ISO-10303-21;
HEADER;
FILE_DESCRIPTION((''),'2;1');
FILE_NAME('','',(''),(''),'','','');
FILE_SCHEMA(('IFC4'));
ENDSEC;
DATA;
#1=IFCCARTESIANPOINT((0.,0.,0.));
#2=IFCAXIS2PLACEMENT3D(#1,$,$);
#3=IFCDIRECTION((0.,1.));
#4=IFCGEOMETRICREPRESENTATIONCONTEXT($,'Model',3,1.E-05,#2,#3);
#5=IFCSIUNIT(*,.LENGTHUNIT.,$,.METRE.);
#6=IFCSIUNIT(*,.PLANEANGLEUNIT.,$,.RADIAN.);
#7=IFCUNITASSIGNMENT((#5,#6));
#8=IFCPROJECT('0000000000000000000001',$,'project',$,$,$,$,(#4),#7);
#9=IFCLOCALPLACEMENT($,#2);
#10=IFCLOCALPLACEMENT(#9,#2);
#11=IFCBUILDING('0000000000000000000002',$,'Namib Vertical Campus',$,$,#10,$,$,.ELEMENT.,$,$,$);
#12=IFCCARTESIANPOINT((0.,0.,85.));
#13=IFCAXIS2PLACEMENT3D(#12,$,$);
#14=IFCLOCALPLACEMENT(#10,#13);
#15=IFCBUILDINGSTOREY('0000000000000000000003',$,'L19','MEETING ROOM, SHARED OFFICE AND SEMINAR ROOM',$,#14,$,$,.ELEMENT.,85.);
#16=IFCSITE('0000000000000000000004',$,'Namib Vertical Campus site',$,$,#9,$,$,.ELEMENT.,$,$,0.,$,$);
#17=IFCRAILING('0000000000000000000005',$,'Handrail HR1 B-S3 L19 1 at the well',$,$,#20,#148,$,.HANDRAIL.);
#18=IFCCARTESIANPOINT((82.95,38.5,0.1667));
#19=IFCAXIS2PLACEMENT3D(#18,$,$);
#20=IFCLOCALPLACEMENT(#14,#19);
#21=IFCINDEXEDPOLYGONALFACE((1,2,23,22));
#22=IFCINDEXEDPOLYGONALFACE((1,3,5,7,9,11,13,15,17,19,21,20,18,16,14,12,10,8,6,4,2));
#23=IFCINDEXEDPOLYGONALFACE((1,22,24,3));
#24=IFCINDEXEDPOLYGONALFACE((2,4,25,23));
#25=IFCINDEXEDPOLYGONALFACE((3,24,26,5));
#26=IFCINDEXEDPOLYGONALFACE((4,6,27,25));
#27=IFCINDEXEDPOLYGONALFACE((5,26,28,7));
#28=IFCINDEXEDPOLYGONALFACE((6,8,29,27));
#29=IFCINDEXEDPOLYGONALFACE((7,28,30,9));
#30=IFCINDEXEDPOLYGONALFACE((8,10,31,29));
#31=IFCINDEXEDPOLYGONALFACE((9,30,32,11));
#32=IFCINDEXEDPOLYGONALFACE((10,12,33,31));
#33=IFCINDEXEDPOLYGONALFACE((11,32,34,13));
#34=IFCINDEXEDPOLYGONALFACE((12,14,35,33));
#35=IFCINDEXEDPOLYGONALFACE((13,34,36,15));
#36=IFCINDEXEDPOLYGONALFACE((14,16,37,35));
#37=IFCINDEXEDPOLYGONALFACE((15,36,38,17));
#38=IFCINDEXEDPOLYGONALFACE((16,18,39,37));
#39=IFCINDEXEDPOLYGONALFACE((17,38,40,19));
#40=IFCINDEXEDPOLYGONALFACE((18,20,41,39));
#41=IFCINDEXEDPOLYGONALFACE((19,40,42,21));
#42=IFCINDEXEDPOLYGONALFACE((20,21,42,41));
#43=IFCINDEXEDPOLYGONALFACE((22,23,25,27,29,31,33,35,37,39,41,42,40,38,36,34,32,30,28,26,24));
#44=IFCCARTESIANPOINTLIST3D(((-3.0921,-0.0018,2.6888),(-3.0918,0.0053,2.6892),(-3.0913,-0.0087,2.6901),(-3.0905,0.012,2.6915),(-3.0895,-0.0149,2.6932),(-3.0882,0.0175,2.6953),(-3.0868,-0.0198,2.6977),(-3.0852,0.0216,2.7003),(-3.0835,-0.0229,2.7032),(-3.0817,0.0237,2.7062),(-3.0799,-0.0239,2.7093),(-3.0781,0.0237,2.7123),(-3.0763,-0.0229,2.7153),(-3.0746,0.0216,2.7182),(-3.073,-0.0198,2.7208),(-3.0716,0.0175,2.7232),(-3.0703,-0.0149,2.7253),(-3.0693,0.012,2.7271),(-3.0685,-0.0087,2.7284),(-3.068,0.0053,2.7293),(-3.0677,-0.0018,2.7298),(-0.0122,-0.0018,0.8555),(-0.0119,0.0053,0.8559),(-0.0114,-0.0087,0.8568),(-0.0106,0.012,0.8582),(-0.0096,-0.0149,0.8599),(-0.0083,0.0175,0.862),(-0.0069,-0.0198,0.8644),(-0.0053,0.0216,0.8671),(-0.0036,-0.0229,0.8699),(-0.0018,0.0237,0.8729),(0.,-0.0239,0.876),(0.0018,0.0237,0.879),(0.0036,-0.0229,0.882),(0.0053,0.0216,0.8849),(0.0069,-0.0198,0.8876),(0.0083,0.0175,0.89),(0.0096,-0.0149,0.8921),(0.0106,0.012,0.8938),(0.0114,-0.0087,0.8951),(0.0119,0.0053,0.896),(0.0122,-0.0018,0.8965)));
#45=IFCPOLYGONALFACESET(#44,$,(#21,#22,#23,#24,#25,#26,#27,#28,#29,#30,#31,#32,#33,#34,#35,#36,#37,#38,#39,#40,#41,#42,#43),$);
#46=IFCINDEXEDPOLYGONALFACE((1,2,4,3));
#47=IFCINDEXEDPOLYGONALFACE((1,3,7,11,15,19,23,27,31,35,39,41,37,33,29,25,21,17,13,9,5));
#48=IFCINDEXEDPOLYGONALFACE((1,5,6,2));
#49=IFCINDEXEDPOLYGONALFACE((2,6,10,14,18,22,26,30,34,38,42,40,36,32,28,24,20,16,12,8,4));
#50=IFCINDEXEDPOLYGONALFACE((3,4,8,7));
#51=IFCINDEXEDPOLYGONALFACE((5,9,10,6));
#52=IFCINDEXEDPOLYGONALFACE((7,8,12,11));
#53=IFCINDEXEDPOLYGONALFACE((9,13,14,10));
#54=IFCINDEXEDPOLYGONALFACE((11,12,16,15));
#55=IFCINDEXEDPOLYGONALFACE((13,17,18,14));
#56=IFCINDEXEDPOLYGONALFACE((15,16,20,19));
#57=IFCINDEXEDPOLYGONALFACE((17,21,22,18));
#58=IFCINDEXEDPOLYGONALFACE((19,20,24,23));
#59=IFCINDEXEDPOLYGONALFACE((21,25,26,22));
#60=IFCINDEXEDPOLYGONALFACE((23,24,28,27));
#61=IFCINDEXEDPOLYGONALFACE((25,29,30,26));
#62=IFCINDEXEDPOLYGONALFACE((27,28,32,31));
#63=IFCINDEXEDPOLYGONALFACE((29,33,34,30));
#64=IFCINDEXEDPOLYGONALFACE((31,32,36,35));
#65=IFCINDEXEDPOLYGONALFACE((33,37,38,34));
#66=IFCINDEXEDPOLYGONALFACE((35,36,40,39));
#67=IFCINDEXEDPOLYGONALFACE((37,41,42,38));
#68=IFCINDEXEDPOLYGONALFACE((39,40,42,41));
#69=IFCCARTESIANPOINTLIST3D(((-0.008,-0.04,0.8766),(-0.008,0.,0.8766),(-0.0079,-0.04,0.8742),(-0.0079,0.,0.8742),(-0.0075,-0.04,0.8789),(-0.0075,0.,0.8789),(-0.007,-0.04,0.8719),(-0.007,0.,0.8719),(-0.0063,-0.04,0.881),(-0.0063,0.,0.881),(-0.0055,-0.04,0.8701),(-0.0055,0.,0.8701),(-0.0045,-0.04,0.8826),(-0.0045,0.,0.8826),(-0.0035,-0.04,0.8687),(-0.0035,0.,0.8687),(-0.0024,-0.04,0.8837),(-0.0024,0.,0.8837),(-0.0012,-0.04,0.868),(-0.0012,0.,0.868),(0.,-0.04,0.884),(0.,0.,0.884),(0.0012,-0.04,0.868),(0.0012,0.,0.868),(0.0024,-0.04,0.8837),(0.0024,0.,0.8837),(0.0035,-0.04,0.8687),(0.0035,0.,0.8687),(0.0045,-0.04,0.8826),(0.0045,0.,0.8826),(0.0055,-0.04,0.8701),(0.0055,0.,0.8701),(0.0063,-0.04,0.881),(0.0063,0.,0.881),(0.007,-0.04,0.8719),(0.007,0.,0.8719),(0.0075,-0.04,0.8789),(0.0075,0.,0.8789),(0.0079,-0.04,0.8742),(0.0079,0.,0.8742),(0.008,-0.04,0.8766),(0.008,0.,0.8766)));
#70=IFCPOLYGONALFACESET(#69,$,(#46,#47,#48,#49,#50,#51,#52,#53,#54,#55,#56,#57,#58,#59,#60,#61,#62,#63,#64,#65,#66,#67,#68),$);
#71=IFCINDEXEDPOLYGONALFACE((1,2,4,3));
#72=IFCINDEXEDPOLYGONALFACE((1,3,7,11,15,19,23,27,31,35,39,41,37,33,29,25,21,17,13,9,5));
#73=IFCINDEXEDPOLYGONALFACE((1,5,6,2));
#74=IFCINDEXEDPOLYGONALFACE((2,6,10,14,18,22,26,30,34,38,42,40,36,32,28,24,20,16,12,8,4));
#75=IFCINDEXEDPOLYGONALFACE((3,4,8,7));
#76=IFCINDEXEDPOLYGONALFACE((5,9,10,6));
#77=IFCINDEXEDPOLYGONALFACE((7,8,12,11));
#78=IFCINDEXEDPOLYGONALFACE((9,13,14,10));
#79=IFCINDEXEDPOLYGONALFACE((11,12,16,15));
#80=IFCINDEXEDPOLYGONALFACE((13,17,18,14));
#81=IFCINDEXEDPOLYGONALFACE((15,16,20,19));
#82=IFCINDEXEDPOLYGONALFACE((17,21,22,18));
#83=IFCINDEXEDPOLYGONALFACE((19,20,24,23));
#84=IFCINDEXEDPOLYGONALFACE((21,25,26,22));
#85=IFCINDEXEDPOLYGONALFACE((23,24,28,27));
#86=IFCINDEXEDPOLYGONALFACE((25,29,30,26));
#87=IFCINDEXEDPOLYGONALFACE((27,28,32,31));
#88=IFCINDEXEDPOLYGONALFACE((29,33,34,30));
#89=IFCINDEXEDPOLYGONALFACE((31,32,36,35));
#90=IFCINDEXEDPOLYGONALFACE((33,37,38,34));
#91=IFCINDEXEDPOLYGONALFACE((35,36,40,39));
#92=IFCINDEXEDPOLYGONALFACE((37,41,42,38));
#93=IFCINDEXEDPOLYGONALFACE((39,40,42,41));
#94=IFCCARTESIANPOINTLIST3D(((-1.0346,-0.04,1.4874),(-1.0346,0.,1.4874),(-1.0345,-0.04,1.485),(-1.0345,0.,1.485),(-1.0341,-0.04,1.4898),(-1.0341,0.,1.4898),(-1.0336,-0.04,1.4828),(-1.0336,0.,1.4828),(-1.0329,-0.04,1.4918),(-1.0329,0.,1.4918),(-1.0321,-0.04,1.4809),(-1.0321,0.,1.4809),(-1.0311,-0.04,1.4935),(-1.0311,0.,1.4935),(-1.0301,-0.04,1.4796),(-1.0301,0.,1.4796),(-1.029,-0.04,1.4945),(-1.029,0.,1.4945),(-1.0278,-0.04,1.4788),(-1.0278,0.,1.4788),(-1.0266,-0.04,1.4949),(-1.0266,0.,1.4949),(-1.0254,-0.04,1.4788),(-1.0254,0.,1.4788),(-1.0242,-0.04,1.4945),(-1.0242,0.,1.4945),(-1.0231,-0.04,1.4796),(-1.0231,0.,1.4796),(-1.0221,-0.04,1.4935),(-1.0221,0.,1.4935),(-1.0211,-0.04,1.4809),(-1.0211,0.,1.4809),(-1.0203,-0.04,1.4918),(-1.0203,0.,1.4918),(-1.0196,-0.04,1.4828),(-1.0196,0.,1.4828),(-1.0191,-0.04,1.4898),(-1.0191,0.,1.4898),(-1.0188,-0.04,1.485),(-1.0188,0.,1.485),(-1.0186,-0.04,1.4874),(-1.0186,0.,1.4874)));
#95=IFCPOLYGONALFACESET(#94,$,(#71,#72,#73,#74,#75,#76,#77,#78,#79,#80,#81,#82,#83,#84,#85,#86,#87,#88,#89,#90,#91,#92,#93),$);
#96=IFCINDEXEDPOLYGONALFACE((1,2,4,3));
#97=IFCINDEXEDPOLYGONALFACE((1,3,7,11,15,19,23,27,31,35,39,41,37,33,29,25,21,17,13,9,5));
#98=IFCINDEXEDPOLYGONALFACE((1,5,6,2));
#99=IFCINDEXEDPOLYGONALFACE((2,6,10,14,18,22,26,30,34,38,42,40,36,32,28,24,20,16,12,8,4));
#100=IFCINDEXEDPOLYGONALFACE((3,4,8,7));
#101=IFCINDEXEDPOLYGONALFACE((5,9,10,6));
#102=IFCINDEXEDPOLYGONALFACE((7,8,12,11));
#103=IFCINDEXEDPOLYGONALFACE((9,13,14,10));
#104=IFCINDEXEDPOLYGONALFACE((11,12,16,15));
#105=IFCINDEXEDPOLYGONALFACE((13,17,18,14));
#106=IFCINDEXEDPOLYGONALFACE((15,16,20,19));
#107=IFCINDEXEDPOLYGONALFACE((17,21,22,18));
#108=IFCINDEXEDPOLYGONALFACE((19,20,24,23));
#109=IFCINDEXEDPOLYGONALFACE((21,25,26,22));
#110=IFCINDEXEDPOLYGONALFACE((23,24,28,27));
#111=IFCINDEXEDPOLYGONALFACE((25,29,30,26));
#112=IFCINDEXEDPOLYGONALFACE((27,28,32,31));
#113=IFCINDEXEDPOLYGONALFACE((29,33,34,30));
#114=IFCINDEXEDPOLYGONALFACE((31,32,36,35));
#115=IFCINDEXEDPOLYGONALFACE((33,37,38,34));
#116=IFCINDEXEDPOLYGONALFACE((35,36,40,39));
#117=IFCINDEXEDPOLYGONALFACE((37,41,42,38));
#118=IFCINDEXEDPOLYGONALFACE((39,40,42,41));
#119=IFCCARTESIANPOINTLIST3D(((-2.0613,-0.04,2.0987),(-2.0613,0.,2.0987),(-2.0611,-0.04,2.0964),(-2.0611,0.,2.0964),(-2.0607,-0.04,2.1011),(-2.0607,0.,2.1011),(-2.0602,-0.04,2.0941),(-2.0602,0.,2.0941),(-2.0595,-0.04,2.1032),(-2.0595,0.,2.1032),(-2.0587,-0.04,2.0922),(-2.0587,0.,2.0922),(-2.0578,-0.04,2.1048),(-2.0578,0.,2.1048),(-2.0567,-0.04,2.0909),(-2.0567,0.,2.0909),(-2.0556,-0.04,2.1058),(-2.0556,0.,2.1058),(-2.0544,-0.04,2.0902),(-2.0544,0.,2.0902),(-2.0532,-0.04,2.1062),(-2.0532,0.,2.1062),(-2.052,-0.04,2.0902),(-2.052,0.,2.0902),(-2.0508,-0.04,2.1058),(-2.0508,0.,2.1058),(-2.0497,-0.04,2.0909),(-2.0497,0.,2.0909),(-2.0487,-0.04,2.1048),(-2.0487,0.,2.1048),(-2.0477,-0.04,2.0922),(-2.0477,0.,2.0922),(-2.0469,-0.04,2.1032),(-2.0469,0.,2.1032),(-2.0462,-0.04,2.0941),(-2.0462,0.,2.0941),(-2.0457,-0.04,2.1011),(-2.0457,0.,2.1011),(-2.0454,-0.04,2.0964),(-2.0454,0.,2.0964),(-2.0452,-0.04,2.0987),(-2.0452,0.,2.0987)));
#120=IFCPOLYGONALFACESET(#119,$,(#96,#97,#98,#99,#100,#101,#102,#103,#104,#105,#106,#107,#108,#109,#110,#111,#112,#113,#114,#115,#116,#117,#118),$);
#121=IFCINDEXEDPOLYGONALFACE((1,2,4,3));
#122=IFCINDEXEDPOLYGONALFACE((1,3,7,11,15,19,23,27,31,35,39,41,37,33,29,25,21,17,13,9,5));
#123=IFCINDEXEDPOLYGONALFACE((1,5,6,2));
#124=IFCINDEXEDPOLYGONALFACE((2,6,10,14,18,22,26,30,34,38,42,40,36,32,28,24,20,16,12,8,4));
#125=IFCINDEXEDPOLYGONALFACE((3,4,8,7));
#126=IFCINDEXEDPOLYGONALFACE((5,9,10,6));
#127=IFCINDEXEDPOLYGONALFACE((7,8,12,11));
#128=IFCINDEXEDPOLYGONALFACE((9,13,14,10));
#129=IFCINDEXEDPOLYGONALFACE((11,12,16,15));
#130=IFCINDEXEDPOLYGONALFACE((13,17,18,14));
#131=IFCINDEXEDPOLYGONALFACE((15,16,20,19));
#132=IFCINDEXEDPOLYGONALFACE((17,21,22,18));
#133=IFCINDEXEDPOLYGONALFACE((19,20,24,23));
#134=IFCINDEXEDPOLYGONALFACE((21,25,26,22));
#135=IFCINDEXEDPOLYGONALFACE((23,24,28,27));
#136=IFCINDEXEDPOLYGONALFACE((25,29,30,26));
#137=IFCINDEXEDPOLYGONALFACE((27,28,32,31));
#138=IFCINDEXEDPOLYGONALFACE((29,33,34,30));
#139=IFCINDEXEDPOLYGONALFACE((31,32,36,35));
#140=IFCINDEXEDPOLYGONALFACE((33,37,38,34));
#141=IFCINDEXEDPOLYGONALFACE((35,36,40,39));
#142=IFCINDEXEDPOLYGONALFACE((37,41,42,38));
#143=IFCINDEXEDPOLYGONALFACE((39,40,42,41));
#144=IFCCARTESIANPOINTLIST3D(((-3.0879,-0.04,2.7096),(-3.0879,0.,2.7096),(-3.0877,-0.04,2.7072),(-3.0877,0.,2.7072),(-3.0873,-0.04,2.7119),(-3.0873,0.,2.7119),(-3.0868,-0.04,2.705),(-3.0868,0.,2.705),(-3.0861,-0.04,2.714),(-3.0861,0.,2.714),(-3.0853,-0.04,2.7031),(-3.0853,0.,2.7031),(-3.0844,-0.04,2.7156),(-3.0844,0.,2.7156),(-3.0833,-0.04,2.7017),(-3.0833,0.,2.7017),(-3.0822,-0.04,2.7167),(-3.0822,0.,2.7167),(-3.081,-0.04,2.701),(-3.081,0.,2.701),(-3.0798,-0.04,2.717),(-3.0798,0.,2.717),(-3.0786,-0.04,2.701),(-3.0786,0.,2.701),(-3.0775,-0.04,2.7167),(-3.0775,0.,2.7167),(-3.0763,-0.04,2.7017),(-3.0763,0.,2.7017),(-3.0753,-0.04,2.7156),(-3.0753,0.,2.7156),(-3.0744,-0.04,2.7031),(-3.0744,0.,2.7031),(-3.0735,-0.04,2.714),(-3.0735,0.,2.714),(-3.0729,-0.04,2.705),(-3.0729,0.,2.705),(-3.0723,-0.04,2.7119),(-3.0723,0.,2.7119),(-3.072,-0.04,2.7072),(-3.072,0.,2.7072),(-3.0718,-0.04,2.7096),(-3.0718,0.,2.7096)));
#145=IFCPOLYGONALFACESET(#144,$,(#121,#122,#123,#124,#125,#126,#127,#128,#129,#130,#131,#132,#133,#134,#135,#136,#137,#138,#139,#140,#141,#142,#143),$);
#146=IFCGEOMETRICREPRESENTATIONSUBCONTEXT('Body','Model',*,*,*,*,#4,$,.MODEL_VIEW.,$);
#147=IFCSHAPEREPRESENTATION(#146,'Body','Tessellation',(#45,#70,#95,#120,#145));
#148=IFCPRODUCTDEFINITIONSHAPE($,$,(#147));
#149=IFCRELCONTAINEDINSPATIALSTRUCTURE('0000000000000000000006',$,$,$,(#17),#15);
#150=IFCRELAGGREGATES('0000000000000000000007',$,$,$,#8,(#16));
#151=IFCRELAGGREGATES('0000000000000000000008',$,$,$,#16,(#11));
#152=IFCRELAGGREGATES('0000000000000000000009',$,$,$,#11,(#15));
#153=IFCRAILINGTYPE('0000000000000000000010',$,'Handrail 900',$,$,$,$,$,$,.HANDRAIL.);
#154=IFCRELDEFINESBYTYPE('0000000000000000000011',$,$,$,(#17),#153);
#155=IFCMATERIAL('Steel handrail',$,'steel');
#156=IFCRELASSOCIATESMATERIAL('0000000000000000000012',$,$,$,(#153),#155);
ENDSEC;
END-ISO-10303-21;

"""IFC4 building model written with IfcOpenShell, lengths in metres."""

from ifc_helpers import new_model, si_unit, direction, frame, origin, origin_2d, place, context, subcontext, project, spatial, circle, extrude, material, type_object, element, save


model = new_model("IFC4")

# Units and contexts
model_context = context("Model", 3, precision=1e-05, world=origin(), true_north=direction((0.0, 1.0)))
body_context = subcontext(model_context, "Body", "Model", "MODEL_VIEW")
ifc_project = project(units=[si_unit("LENGTHUNIT", "METRE"), si_unit("PLANEANGLEUNIT", "RADIAN")], contexts=[model_context])

# Site, building, storey
site_placement = place(None, origin())
site = spatial("IfcSite", under=ifc_project, at=site_placement, Name="Namib Vertical Campus site", CompositionType="ELEMENT", RefElevation=0.0)
building_placement = place(site_placement, origin())
building = spatial("IfcBuilding", under=site, at=building_placement, Name="Namib Vertical Campus", CompositionType="ELEMENT")
storey_placement = place(building_placement, frame((0.0, 0.0, 85.0)))
storey = spatial("IfcBuildingStorey", under=building, at=storey_placement, Name="L19", Description="MEETING ROOM, SHARED OFFICE AND SEMINAR ROOM", CompositionType="ELEMENT", Elevation=85.0)

# Railing
ifc_material_1 = material(Name="Steel handrail", Category="steel")
railing_type_1 = type_object("IfcRailingType", Name="Handrail 900", PredefinedType="HANDRAIL", material=ifc_material_1)
railing_1_placement = place(storey_placement, frame((82.95, 38.5, 0.1667)))
element("IfcRailing", 1, at=railing_1_placement, inside=storey, type_object=railing_type_1, Name="Handrail HR1 B-S3 L19 1 at the well", PredefinedType="HANDRAIL", context=body_context, shape_type="SweptSolid", body=[
    extrude(circle(Radius=0.0239, at=origin_2d()), frame((0.0, 0.0, 0.876), z_axis=(-0.859291, 0.0, 0.511487), x_axis=(0.0, -1.0, 0.0)), (0.0, 0.0, 1.0), 3.5842),
    extrude(circle(Radius=0.0081, at=origin_2d()), frame((0.0, 0.0, 0.876), z_axis=(0.0, -1.0, 0.0), x_axis=(0.0, 0.0, 1.0)), (0.0, 0.0, 1.0), 0.04),
    extrude(circle(Radius=0.0081, at=origin_2d()), frame((-1.0266, 0.0, 1.4868), z_axis=(0.0, -1.0, 0.0), x_axis=(0.0, 0.0, 1.0)), (0.0, 0.0, 1.0), 0.04),
    extrude(circle(Radius=0.0081, at=origin_2d()), frame((-2.0532, 0.0, 2.0981), z_axis=(0.0, -1.0, 0.0), x_axis=(0.0, 0.0, 1.0)), (0.0, 0.0, 1.0), 0.04),
    extrude(circle(Radius=0.0081, at=origin_2d()), frame((-3.0798, 0.0, 2.709), z_axis=(0.0, -1.0, 0.0), x_axis=(0.0, 0.0, 1.0)), (0.0, 0.0, 1.0), 0.04),
])

save(model, "model.ifc")
